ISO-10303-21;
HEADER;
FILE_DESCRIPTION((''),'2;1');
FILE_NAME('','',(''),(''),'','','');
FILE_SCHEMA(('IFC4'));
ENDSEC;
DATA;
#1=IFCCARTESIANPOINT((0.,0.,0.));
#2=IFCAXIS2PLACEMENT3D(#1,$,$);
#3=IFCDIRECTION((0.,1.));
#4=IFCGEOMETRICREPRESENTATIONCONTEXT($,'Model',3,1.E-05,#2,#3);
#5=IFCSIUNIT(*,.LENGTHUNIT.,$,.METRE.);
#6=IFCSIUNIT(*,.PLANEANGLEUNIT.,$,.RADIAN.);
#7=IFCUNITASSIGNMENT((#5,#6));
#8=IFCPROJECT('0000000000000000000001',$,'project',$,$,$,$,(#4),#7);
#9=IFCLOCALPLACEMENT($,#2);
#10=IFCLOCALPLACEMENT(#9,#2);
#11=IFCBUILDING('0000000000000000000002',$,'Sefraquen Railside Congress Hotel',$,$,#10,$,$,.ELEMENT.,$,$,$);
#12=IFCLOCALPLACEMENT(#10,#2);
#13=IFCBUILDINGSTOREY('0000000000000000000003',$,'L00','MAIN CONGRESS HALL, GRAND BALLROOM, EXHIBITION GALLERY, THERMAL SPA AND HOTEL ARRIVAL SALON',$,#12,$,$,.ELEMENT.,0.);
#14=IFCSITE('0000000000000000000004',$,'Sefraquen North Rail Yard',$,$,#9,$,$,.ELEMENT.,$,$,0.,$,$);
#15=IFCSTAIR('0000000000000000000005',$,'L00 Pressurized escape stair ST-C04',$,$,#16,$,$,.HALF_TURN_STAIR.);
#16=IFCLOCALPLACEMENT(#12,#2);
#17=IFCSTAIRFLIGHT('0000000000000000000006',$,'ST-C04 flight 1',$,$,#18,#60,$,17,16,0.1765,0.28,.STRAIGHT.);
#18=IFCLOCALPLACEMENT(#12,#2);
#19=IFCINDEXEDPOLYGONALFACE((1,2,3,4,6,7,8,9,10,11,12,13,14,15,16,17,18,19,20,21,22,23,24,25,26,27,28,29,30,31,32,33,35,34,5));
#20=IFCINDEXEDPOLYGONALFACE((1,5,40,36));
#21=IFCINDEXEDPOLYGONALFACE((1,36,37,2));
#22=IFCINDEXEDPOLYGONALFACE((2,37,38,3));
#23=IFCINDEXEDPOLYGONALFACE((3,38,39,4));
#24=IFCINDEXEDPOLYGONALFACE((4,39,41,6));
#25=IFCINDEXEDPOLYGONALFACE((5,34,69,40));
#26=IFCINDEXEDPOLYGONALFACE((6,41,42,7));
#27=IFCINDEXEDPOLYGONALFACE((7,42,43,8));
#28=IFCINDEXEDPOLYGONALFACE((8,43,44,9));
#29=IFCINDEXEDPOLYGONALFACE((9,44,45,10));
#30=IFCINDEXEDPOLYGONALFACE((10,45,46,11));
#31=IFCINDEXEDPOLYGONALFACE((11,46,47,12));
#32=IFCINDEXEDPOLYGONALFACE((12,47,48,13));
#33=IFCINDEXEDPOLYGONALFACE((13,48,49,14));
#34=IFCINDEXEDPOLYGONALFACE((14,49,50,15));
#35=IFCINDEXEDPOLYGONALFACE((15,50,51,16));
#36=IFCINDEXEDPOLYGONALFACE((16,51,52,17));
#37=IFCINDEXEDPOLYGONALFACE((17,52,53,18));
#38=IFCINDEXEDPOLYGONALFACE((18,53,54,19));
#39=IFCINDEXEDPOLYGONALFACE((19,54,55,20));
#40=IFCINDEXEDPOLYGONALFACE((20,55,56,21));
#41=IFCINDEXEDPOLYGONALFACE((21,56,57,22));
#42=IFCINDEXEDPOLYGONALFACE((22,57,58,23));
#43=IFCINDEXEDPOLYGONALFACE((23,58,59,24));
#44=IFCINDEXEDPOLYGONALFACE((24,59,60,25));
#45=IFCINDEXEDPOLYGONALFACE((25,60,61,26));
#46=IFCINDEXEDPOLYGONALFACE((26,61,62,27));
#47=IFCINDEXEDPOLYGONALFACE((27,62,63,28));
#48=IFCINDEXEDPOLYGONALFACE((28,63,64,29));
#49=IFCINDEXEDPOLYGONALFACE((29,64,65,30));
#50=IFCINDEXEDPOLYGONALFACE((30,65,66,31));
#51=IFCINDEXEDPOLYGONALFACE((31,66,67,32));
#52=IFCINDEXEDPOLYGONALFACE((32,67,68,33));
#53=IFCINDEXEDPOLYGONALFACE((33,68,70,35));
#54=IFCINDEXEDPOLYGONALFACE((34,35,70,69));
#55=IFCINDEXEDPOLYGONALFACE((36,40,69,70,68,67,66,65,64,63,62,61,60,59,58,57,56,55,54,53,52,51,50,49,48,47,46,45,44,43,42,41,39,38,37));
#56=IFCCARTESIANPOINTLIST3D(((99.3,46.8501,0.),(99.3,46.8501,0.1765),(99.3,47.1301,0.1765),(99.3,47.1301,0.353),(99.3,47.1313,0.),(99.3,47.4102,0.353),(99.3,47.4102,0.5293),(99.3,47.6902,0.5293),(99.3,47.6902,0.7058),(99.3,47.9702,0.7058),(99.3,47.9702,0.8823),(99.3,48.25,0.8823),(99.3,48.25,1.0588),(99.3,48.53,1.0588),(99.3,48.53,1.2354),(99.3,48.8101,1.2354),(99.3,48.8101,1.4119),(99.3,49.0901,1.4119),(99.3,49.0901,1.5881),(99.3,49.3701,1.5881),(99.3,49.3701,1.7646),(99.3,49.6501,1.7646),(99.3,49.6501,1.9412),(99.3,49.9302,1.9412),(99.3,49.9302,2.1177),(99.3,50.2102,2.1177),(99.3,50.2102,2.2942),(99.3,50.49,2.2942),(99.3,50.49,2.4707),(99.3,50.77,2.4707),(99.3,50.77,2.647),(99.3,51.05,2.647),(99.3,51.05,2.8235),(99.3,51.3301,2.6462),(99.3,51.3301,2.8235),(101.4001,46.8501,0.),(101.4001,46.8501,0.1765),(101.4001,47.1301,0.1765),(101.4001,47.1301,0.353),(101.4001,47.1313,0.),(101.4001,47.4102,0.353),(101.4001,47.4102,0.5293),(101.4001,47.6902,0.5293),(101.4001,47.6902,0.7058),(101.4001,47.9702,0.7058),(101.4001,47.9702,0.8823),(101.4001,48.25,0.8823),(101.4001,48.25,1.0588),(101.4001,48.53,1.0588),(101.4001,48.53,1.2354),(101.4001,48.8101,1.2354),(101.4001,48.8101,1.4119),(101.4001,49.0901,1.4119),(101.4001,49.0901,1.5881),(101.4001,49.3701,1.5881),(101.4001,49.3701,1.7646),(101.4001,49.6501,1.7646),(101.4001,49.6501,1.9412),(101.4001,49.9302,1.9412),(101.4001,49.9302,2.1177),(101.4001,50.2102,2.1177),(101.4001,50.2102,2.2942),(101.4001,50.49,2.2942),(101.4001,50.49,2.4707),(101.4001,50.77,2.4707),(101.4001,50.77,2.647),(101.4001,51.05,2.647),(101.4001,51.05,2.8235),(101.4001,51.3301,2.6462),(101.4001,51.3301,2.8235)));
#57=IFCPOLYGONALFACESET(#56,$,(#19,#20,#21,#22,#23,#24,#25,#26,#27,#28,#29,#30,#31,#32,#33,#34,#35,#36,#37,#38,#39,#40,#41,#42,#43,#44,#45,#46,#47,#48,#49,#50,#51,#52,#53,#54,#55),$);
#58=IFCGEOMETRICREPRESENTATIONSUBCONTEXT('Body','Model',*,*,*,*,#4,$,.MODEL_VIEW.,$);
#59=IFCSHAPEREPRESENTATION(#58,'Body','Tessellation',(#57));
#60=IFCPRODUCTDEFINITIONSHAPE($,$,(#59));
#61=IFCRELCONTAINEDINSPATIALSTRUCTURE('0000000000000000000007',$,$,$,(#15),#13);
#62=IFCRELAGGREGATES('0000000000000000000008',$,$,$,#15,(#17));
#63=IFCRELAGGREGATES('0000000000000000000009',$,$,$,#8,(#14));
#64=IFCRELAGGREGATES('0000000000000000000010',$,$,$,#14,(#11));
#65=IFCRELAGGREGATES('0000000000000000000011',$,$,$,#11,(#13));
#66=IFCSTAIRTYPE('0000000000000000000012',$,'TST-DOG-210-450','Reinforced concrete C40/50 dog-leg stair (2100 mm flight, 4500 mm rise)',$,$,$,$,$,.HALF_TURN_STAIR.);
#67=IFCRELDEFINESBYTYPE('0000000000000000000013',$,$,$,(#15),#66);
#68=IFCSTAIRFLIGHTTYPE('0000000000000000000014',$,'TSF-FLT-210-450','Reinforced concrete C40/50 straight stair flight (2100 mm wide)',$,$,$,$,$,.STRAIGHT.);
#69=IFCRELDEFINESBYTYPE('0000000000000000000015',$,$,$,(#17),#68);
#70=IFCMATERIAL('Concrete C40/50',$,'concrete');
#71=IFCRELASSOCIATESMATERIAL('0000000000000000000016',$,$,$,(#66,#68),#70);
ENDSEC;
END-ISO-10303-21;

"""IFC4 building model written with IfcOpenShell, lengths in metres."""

from ifc_helpers import new_model, si_unit, direction, frame, origin, place, context, subcontext, project, spatial, polyline, outline, extrude, material, type_object, element, aggregate, save


model = new_model("IFC4")

# Units and contexts
model_context = context("Model", 3, precision=1e-05, world=origin(), true_north=direction((0.0, 1.0)))
body_context = subcontext(model_context, "Body", "Model", "MODEL_VIEW")
ifc_project = project(units=[si_unit("LENGTHUNIT", "METRE"), si_unit("PLANEANGLEUNIT", "RADIAN")], contexts=[model_context])

# Site, building, storey
site_placement = place(None, origin())
site = spatial("IfcSite", under=ifc_project, at=site_placement, Name="Sefraquen North Rail Yard", CompositionType="ELEMENT", RefElevation=0.0)
building_placement = place(site_placement, origin())
building = spatial("IfcBuilding", under=site, at=building_placement, Name="Sefraquen Railside Congress Hotel", CompositionType="ELEMENT")
storey_placement = place(building_placement, origin())
storey = spatial("IfcBuildingStorey", under=building, at=storey_placement, Name="L00", Description="MAIN CONGRESS HALL, GRAND BALLROOM, EXHIBITION GALLERY, THERMAL SPA AND HOTEL ARRIVAL SALON", CompositionType="ELEMENT", Elevation=0.0)

# Stair, stair flight
ifc_material_1 = material(Name="Concrete C40/50", Category="concrete")
stair_type = type_object("IfcStairType", Name="TST-DOG-210-450", Description="Reinforced concrete C40/50 dog-leg stair (2100 mm flight, 4500 mm rise)", PredefinedType="HALF_TURN_STAIR", material=ifc_material_1)
stair_placement = place(storey_placement, origin())
stair = element("IfcStair", 1, at=stair_placement, inside=storey, type_object=stair_type, Name="L00 Pressurized escape stair ST-C04", PredefinedType="HALF_TURN_STAIR")
stair_flight_type = type_object("IfcStairFlightType", Name="TSF-FLT-210-450", Description="Reinforced concrete C40/50 straight stair flight (2100 mm wide)", PredefinedType="STRAIGHT", material=ifc_material_1)
stair_flight_placement = place(storey_placement, frame((100.3501, 46.8501, 0.0), z_axis=(0.0, 0.0, 1.0), x_axis=(0.0, 1.0, 0.0)))
stair_flight = element("IfcStairFlight", 2, at=stair_flight_placement, type_object=stair_flight_type, Name="ST-C04 flight 1", NumberOfRisers=17, NumberOfTreads=16, PredefinedType="STRAIGHT", RiserHeight=0.1765, TreadLength=0.28, context=body_context, shape_type="SweptSolid", body=[
    extrude(outline(polyline([(0.0, 0.0), (0.0, 0.1765), (0.28, 0.1765), (0.28, 0.353), (0.5601, 0.353), (0.5601, 0.5293), (0.8401, 0.5293), (0.8401, 0.7058), (1.1201, 0.7058), (1.1201, 0.8823), (1.3999, 0.8823), (1.3999, 1.0588), (1.6799, 1.0588), (1.6799, 1.2354), (1.96, 1.2354), (1.96, 1.4119), (2.24, 1.4119), (2.24, 1.5881), (2.52, 1.5881), (2.52, 1.7646), (2.8, 1.7646), (2.8, 1.9412), (3.0801, 1.9412), (3.0801, 2.1177), (3.3601, 2.1177), (3.3601, 2.2942), (3.6399, 2.2942), (3.6399, 2.4707), (3.9199, 2.4707), (3.9199, 2.647), (4.2, 2.647), (4.2, 2.8235), (4.48, 2.8235), (4.48, 3.0), (4.48, 2.6462), (0.2812, 0.0), (0.0, 0.0)])), frame((0.0, 1.05, 0.0), z_axis=(0.0, -1.0, 0.0), x_axis=(1.0, 0.0, 0.0)), (0.0, 0.0, 1.0), 2.1001),
])
aggregate(stair, [stair_flight])

save(model, "model.ifc")
